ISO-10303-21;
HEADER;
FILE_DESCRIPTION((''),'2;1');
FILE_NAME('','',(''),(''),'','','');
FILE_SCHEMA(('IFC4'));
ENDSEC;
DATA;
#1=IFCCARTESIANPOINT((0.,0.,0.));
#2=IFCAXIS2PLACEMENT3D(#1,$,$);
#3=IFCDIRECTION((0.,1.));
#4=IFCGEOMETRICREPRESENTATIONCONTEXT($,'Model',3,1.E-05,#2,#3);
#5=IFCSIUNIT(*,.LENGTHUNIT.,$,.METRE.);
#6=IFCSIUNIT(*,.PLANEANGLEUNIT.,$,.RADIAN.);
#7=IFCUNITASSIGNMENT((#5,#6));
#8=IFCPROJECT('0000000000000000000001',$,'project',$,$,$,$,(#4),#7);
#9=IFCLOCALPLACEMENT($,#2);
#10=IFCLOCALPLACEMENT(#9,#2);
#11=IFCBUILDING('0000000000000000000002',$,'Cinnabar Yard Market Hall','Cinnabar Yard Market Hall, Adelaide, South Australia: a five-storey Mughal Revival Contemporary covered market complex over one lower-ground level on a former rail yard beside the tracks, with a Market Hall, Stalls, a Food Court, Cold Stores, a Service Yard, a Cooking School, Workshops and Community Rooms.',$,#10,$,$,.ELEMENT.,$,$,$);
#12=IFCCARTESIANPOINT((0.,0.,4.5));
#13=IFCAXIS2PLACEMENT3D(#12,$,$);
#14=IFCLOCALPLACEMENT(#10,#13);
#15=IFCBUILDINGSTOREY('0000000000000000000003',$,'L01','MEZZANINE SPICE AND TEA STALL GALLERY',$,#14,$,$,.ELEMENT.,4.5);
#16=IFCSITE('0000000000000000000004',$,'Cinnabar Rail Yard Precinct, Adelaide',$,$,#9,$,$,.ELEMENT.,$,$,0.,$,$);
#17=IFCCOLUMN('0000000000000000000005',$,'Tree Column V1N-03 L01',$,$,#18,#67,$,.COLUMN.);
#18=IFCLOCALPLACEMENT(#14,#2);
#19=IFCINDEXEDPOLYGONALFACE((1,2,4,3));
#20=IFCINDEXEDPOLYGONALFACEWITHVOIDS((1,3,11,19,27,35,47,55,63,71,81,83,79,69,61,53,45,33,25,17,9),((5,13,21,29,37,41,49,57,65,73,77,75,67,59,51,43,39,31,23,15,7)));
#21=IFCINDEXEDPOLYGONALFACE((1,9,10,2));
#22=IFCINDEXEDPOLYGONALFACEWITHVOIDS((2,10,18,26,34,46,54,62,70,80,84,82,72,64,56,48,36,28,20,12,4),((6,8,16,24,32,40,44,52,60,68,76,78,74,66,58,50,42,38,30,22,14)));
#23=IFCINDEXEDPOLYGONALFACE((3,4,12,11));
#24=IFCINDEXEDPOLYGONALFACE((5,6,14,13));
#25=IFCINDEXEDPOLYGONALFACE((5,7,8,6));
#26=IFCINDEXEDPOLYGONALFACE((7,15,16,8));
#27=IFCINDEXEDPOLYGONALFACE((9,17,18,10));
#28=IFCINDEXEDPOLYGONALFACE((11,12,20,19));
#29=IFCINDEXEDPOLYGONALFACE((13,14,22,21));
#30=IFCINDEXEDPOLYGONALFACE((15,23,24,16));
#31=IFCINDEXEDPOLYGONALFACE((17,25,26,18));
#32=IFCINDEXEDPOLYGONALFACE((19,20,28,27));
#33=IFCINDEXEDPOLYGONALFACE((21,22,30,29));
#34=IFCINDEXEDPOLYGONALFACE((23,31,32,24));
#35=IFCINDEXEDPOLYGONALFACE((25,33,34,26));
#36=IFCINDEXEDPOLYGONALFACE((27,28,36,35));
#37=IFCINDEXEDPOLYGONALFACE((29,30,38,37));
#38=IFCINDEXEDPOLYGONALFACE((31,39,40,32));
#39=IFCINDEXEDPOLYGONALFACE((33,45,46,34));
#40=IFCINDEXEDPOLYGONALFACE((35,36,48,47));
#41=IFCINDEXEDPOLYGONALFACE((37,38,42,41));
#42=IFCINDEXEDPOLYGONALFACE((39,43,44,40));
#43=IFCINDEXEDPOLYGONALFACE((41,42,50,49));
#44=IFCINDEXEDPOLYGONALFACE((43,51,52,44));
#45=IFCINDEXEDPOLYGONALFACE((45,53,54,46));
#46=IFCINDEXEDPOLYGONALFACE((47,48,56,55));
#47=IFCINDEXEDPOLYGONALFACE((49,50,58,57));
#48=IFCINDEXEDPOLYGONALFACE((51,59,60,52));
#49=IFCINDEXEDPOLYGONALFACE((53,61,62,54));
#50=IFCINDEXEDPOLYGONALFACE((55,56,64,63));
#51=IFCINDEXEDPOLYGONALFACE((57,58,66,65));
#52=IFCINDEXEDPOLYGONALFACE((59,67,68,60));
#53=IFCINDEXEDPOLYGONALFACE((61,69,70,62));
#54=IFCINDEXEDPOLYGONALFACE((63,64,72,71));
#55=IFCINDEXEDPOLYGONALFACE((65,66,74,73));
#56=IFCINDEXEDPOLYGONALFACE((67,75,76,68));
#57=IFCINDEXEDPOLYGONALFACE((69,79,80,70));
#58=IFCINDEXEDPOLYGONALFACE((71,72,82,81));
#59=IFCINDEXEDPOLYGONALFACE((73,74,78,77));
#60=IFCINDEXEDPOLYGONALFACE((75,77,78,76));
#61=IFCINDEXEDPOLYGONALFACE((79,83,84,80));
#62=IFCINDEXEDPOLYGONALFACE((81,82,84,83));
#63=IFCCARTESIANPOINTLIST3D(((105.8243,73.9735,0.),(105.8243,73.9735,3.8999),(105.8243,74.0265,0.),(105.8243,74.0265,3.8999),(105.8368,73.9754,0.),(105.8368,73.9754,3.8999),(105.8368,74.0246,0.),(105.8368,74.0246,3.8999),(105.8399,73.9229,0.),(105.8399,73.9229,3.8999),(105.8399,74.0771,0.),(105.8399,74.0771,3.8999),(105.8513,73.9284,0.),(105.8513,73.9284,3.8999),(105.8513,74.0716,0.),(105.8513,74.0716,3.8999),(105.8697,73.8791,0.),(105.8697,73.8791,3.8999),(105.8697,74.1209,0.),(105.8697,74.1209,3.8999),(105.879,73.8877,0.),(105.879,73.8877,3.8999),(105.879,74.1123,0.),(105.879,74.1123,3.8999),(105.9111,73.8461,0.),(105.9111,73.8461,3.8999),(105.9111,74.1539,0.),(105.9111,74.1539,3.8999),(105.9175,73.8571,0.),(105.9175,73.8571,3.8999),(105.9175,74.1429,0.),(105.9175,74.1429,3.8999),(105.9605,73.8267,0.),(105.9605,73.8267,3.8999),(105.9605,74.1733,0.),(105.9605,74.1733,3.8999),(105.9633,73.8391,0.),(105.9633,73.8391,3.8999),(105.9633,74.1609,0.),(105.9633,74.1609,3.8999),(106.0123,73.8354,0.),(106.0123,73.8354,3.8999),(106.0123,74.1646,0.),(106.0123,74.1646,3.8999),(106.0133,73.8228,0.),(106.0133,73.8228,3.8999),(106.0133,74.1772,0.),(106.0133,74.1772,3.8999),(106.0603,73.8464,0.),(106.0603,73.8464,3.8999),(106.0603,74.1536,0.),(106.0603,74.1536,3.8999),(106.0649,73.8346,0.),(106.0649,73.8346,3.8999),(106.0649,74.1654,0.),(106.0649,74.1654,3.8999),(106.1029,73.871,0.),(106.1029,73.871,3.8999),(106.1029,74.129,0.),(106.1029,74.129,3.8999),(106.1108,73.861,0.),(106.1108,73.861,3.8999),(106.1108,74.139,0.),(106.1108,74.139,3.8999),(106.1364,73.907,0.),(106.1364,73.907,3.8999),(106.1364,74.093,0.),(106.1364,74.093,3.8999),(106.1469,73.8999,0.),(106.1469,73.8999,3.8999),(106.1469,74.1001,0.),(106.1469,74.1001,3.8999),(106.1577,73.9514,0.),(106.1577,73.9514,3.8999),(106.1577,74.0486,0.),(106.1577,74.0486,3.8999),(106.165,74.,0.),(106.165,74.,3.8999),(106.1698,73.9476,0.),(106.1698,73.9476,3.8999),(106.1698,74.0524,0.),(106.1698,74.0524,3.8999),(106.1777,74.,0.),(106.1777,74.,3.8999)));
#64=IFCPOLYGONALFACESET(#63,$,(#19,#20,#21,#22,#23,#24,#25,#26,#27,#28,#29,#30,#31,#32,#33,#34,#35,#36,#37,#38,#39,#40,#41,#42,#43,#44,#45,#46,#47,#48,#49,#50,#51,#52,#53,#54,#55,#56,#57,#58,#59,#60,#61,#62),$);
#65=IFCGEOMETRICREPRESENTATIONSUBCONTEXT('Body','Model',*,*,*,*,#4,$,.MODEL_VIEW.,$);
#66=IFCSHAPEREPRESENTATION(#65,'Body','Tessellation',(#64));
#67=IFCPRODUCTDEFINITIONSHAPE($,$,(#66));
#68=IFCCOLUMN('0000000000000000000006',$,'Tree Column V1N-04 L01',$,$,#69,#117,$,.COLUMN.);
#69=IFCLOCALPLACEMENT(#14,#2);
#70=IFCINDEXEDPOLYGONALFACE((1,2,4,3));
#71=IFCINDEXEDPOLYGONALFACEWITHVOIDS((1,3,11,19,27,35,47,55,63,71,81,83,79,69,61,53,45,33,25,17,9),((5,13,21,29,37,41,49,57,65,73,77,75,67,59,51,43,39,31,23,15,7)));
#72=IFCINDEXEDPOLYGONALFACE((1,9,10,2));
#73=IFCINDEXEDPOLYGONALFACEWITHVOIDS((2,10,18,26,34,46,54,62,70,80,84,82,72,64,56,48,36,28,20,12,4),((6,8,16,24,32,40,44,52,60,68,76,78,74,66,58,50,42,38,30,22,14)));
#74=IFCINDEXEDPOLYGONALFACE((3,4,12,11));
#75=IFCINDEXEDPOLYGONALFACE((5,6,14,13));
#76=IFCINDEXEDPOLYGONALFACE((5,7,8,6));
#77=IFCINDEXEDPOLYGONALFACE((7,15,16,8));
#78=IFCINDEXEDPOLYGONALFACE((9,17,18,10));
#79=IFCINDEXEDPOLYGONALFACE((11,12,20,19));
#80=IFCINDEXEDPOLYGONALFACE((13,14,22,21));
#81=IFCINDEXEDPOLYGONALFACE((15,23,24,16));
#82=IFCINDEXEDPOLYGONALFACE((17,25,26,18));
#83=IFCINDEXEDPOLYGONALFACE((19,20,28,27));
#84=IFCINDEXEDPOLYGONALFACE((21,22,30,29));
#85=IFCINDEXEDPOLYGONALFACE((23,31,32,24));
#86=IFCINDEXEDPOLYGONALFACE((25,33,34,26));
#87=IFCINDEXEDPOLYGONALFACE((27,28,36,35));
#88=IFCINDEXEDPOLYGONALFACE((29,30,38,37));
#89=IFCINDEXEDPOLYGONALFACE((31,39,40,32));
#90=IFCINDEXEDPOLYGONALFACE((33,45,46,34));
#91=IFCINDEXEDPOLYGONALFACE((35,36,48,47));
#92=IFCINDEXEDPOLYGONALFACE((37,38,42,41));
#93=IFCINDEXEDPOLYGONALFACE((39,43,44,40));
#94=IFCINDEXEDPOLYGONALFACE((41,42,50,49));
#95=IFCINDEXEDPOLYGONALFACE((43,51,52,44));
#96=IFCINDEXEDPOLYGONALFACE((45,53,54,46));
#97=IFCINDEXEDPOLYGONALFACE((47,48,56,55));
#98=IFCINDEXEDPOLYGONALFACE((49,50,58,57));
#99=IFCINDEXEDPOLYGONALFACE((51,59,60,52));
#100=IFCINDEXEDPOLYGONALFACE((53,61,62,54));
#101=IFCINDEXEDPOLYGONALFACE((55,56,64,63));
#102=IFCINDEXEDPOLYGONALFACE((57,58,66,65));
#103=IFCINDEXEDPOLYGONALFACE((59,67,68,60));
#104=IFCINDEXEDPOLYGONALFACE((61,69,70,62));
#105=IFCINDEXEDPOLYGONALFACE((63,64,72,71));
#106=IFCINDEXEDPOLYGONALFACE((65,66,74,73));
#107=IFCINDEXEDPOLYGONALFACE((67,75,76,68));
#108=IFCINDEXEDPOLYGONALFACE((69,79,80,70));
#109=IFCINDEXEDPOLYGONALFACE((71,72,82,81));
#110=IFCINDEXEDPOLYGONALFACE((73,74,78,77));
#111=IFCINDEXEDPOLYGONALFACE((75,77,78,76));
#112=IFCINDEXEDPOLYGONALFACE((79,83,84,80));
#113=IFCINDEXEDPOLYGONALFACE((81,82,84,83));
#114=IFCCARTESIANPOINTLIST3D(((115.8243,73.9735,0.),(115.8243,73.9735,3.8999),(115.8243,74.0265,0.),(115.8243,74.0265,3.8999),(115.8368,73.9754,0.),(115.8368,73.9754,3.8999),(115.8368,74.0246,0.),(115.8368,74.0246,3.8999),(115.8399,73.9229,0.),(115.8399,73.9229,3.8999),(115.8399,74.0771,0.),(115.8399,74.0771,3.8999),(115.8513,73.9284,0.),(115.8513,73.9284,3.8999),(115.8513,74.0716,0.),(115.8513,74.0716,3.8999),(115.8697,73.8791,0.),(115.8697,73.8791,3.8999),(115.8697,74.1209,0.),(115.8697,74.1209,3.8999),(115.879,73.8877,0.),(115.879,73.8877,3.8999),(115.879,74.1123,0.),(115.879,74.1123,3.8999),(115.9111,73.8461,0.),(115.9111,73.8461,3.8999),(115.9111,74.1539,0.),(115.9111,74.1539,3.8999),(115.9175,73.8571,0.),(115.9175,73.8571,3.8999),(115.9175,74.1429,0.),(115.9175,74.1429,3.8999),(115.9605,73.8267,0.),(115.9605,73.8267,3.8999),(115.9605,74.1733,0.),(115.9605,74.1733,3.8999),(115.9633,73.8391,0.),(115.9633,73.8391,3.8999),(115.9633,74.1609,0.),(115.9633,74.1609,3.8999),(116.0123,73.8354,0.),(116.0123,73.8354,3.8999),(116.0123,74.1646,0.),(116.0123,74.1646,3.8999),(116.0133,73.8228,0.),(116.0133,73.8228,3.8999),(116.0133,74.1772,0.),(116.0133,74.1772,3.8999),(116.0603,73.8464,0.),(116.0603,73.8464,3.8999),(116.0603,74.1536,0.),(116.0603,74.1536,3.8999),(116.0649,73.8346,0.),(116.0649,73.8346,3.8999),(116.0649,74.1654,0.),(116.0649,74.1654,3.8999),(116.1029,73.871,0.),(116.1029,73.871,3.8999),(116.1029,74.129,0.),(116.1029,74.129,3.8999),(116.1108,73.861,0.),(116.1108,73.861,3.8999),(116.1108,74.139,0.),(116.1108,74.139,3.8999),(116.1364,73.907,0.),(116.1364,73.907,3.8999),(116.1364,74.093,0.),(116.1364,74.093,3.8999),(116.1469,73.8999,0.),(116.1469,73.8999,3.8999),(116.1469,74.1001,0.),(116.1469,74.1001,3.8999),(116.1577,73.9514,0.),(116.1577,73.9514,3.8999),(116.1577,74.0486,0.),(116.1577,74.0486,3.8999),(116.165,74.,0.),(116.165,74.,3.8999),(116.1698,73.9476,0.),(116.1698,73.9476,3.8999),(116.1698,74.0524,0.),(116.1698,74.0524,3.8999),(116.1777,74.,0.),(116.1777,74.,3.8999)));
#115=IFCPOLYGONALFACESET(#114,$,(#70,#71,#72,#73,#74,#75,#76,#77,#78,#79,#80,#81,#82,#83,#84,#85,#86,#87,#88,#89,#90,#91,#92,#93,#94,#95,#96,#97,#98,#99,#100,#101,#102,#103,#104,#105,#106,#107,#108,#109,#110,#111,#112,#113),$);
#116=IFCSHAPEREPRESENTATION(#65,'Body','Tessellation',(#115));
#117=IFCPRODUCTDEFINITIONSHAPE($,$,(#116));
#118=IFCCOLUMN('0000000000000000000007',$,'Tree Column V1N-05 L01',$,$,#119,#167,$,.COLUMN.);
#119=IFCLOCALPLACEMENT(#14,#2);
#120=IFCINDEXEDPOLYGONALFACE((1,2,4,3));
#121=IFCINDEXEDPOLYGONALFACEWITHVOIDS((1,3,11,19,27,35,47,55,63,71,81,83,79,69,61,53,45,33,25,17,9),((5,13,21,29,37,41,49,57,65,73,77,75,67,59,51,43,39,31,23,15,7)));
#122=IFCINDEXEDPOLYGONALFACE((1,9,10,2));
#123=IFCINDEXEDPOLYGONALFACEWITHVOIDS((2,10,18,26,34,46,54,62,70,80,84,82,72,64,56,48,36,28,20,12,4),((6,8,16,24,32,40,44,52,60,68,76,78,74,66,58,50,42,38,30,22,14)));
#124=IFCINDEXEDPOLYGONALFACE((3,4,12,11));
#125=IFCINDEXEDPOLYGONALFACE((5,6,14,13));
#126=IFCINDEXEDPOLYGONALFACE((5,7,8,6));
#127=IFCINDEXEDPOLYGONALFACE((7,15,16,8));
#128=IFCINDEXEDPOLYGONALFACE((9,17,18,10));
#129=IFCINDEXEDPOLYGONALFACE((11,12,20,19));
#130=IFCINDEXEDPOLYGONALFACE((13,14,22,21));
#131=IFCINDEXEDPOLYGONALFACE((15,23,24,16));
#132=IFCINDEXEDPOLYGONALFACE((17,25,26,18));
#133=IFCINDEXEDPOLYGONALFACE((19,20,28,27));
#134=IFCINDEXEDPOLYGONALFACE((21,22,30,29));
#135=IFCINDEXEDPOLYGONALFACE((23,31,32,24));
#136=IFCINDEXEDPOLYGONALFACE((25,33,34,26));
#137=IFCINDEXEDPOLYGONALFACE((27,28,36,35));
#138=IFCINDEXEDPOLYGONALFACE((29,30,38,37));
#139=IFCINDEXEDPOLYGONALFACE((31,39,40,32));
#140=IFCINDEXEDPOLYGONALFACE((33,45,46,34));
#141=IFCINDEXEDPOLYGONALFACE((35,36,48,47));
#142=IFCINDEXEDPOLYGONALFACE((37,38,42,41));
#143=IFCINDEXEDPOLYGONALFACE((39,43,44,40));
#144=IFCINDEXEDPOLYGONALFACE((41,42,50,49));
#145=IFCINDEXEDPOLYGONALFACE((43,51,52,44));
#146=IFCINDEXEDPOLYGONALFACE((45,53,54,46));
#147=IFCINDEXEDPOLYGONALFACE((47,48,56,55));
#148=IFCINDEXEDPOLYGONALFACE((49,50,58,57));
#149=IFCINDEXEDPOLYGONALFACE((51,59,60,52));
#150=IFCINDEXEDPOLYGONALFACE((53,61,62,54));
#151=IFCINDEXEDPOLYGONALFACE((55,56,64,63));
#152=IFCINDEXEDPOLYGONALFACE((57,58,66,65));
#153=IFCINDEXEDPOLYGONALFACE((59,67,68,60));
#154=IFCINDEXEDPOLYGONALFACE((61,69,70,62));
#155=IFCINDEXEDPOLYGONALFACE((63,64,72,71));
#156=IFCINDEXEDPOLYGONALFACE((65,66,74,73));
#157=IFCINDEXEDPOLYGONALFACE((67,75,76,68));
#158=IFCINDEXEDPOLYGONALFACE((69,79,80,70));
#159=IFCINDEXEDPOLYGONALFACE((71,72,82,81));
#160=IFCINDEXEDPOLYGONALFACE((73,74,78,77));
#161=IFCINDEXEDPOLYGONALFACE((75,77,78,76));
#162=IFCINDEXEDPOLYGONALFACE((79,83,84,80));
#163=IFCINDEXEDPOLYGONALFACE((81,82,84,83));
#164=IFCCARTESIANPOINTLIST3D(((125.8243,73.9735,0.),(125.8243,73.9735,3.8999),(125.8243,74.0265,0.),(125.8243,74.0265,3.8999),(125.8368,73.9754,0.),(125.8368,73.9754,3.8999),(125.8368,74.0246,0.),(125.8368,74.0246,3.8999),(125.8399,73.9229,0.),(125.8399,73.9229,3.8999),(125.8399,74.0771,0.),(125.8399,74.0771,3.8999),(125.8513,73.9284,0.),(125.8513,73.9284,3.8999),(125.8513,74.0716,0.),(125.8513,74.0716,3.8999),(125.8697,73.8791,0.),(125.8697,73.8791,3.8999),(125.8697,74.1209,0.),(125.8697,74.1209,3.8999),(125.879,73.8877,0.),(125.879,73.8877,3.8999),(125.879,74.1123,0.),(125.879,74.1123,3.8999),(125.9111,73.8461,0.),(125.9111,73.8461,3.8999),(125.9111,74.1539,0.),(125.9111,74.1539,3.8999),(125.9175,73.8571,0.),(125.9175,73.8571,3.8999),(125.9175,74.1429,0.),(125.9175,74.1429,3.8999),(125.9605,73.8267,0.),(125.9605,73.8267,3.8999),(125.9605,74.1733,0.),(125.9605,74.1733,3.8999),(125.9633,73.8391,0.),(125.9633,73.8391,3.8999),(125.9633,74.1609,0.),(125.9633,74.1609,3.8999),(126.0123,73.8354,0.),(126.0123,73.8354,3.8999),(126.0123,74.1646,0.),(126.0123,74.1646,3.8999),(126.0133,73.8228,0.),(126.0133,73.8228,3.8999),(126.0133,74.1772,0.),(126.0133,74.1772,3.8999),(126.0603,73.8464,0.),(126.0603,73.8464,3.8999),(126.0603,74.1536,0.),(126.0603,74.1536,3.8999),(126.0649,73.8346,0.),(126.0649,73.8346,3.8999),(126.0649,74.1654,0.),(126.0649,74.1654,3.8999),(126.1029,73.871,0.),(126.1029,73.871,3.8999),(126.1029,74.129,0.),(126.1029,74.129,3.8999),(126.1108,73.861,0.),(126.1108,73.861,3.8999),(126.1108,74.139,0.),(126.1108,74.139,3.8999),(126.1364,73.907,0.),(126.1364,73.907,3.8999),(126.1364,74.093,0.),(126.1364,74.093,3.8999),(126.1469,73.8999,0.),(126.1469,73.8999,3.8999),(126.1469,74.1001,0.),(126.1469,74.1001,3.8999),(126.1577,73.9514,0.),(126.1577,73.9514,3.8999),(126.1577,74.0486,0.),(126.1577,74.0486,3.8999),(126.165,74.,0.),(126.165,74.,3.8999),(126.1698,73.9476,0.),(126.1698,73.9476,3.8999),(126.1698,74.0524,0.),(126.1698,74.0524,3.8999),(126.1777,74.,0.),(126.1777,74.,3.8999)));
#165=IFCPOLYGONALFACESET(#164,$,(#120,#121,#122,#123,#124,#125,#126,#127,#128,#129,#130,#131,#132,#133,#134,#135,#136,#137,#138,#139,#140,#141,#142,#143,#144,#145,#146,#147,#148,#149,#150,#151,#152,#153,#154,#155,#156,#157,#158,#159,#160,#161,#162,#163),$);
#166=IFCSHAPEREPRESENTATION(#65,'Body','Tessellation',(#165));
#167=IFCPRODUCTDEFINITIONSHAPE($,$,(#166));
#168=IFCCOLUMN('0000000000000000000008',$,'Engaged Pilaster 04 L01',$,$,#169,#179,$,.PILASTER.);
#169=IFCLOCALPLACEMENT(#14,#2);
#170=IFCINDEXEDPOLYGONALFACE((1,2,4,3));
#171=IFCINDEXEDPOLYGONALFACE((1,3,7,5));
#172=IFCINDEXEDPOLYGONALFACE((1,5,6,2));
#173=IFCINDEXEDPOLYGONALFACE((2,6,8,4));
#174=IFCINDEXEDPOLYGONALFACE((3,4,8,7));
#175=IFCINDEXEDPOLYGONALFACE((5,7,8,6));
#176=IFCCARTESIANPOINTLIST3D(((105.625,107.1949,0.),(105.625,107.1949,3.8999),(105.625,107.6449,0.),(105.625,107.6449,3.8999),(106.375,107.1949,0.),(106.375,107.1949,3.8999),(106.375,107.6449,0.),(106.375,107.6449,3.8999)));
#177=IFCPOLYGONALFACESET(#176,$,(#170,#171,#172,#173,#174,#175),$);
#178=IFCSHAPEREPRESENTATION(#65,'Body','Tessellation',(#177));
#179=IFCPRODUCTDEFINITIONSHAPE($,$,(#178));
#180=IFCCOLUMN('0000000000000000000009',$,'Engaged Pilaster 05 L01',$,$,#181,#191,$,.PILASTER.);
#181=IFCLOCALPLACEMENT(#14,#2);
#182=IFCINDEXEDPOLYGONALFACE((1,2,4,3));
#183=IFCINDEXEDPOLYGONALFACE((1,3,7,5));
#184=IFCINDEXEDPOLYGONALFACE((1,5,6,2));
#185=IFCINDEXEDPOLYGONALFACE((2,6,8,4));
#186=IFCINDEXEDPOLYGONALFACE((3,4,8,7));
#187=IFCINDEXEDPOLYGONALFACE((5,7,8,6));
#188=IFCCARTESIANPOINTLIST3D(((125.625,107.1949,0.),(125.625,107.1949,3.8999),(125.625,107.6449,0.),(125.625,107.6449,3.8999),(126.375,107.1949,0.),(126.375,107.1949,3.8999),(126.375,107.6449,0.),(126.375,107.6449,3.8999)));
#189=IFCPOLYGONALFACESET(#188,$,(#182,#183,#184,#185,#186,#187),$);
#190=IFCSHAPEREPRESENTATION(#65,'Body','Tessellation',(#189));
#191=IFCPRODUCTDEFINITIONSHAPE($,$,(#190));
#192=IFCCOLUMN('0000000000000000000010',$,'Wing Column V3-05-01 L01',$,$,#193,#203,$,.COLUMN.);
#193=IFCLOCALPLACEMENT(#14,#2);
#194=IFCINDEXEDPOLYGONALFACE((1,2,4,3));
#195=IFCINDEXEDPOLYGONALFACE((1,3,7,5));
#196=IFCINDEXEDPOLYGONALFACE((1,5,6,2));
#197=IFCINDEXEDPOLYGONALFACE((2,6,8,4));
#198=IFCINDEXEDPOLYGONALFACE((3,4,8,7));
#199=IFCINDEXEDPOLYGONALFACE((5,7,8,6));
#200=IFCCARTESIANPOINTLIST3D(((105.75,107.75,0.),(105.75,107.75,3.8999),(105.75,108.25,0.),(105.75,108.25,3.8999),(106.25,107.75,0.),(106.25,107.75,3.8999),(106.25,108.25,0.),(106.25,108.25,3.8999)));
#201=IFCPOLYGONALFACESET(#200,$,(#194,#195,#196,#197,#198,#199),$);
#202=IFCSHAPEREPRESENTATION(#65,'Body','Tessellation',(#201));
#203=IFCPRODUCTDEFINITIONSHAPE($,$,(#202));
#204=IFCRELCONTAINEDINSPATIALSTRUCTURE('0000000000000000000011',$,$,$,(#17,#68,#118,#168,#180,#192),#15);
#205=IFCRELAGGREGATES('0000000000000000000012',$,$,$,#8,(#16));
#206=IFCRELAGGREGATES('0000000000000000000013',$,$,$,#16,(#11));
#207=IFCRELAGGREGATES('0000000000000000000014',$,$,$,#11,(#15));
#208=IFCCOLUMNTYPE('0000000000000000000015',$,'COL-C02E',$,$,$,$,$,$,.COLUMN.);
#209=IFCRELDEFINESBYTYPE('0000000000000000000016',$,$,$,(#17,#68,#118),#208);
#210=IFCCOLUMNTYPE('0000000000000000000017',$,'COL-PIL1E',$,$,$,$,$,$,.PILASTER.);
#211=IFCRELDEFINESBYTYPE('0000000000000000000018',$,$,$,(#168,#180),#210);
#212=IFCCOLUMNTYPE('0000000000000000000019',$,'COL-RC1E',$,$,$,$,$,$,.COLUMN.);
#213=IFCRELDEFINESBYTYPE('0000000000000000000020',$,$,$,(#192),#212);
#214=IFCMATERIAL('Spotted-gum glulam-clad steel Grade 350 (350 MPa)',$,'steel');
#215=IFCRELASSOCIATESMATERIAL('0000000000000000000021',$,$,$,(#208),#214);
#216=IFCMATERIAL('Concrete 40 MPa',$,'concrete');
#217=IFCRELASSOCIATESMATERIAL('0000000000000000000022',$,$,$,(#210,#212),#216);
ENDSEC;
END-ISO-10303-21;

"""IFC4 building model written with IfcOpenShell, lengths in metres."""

from ifc_helpers import new_model, si_unit, direction, frame, origin, origin_2d_with_axis, place, context, subcontext, project, spatial, rectangle, hollow_circle, extrude, material, material_profile, profile_set, type_object, element, save


model = new_model("IFC4")

# Units and contexts
model_context = context("Model", 3, precision=1e-05, world=origin(), true_north=direction((0.0, 1.0)))
body_context = subcontext(model_context, "Body", "Model", "MODEL_VIEW")
ifc_project = project(units=[si_unit("LENGTHUNIT", "METRE"), si_unit("PLANEANGLEUNIT", "RADIAN")], contexts=[model_context])

# Site, building, storey
site_placement = place(None, origin())
site = spatial("IfcSite", under=ifc_project, at=site_placement, Name="Cinnabar Rail Yard Precinct, Adelaide", CompositionType="ELEMENT", RefElevation=0.0)
building_placement = place(site_placement, origin())
building = spatial("IfcBuilding", under=site, at=building_placement, Name="Cinnabar Yard Market Hall", Description="Cinnabar Yard Market Hall, Adelaide, South Australia: a five-storey Mughal Revival Contemporary covered market complex over one lower-ground level on a former rail yard beside the tracks, with a Market Hall, Stalls, a Food Court, Cold Stores, a Service Yard, a Cooking School, Workshops and Community Rooms.", CompositionType="ELEMENT")
storey_placement = place(building_placement, frame((0.0, 0.0, 4.5)))
storey = spatial("IfcBuildingStorey", under=building, at=storey_placement, Name="L01", Description="MEZZANINE SPICE AND TEA STALL GALLERY", CompositionType="ELEMENT", Elevation=4.5)

# Columns
ifc_material_1 = material(Name="Spotted-gum glulam-clad steel Grade 350 (350 MPa)", Category="steel")
ifc_material_profile_1 = material_profile(ifc_material_1, hollow_circle(Radius=0.1777, WallThickness=0.0127, at=origin_2d_with_axis()), Name="355.6x12.7CHS")
ifc_profile_set_1 = profile_set([ifc_material_profile_1], Name="Spotted-gum glulam-clad steel Grade 350 (350 MPa)")
column_type_1 = type_object("IfcColumnType", Name="COL-C02E", PredefinedType="COLUMN", material=ifc_profile_set_1)
for number, where, z_axis, x_axis, name in (
    (1, (106.0, 74.0, 0.0), (0.0, 0.0, 1.0), (1.0, 0.0, 0.0), "Tree Column V1N-03 L01"),
    (2, (116.0, 74.0, 0.0), (0.0, 0.0, 1.0), (1.0, 0.0, 0.0), "Tree Column V1N-04 L01"),
    (3, (126.0, 74.0, 0.0), (0.0, 0.0, 1.0), (1.0, 0.0, 0.0), "Tree Column V1N-05 L01"),
):
    element("IfcColumn", number, at=place(storey_placement, frame(where, z_axis=z_axis, x_axis=x_axis)), inside=storey, type_object=column_type_1, Name=name, PredefinedType="COLUMN", context=body_context, shape_type="SweptSolid", body=[
        extrude(hollow_circle(Radius=0.1777, WallThickness=0.0127, at=origin_2d_with_axis()), origin(), (0.0, 0.0, 1.0), 3.8999),
    ])
ifc_material_2 = material(Name="Concrete 40 MPa", Category="concrete")
ifc_material_profile_2 = material_profile(ifc_material_2, rectangle(XDim=0.75, YDim=0.45, at=origin_2d_with_axis()), Name="RC-750x450")
ifc_profile_set_2 = profile_set([ifc_material_profile_2], Name="Concrete 40 MPa")
column_type_2 = type_object("IfcColumnType", Name="COL-PIL1E", PredefinedType="PILASTER", material=ifc_profile_set_2)
for number, where, z_axis, x_axis, name in (
    (4, (106.0, 107.4199, 0.0), (0.0, 0.0, 1.0), (1.0, 0.0, 0.0), "Engaged Pilaster 04 L01"),
    (5, (126.0, 107.4199, 0.0), (0.0, 0.0, 1.0), (1.0, 0.0, 0.0), "Engaged Pilaster 05 L01"),
):
    element("IfcColumn", number, at=place(storey_placement, frame(where, z_axis=z_axis, x_axis=x_axis)), inside=storey, type_object=column_type_2, Name=name, PredefinedType="PILASTER", context=body_context, shape_type="SweptSolid", body=[
        extrude(rectangle(XDim=0.75, YDim=0.45, at=origin_2d_with_axis()), origin(), (0.0, 0.0, 1.0), 3.8999),
    ])
ifc_material_profile_3 = material_profile(ifc_material_2, rectangle(XDim=0.5, YDim=0.5, at=origin_2d_with_axis()), Name="RC-500x500")
ifc_profile_set_3 = profile_set([ifc_material_profile_3], Name="Concrete 40 MPa")
column_type_3 = type_object("IfcColumnType", Name="COL-RC1E", PredefinedType="COLUMN", material=ifc_profile_set_3)
column_placement = place(storey_placement, frame((106.0, 108.0, 0.0), z_axis=(0.0, 0.0, 1.0), x_axis=(1.0, 0.0, 0.0)))
element("IfcColumn", 6, at=column_placement, inside=storey, type_object=column_type_3, Name="Wing Column V3-05-01 L01", PredefinedType="COLUMN", context=body_context, shape_type="SweptSolid", body=[
    extrude(rectangle(XDim=0.5, YDim=0.5, at=origin_2d_with_axis()), origin(), (0.0, 0.0, 1.0), 3.8999),
])

save(model, "model.ifc")
